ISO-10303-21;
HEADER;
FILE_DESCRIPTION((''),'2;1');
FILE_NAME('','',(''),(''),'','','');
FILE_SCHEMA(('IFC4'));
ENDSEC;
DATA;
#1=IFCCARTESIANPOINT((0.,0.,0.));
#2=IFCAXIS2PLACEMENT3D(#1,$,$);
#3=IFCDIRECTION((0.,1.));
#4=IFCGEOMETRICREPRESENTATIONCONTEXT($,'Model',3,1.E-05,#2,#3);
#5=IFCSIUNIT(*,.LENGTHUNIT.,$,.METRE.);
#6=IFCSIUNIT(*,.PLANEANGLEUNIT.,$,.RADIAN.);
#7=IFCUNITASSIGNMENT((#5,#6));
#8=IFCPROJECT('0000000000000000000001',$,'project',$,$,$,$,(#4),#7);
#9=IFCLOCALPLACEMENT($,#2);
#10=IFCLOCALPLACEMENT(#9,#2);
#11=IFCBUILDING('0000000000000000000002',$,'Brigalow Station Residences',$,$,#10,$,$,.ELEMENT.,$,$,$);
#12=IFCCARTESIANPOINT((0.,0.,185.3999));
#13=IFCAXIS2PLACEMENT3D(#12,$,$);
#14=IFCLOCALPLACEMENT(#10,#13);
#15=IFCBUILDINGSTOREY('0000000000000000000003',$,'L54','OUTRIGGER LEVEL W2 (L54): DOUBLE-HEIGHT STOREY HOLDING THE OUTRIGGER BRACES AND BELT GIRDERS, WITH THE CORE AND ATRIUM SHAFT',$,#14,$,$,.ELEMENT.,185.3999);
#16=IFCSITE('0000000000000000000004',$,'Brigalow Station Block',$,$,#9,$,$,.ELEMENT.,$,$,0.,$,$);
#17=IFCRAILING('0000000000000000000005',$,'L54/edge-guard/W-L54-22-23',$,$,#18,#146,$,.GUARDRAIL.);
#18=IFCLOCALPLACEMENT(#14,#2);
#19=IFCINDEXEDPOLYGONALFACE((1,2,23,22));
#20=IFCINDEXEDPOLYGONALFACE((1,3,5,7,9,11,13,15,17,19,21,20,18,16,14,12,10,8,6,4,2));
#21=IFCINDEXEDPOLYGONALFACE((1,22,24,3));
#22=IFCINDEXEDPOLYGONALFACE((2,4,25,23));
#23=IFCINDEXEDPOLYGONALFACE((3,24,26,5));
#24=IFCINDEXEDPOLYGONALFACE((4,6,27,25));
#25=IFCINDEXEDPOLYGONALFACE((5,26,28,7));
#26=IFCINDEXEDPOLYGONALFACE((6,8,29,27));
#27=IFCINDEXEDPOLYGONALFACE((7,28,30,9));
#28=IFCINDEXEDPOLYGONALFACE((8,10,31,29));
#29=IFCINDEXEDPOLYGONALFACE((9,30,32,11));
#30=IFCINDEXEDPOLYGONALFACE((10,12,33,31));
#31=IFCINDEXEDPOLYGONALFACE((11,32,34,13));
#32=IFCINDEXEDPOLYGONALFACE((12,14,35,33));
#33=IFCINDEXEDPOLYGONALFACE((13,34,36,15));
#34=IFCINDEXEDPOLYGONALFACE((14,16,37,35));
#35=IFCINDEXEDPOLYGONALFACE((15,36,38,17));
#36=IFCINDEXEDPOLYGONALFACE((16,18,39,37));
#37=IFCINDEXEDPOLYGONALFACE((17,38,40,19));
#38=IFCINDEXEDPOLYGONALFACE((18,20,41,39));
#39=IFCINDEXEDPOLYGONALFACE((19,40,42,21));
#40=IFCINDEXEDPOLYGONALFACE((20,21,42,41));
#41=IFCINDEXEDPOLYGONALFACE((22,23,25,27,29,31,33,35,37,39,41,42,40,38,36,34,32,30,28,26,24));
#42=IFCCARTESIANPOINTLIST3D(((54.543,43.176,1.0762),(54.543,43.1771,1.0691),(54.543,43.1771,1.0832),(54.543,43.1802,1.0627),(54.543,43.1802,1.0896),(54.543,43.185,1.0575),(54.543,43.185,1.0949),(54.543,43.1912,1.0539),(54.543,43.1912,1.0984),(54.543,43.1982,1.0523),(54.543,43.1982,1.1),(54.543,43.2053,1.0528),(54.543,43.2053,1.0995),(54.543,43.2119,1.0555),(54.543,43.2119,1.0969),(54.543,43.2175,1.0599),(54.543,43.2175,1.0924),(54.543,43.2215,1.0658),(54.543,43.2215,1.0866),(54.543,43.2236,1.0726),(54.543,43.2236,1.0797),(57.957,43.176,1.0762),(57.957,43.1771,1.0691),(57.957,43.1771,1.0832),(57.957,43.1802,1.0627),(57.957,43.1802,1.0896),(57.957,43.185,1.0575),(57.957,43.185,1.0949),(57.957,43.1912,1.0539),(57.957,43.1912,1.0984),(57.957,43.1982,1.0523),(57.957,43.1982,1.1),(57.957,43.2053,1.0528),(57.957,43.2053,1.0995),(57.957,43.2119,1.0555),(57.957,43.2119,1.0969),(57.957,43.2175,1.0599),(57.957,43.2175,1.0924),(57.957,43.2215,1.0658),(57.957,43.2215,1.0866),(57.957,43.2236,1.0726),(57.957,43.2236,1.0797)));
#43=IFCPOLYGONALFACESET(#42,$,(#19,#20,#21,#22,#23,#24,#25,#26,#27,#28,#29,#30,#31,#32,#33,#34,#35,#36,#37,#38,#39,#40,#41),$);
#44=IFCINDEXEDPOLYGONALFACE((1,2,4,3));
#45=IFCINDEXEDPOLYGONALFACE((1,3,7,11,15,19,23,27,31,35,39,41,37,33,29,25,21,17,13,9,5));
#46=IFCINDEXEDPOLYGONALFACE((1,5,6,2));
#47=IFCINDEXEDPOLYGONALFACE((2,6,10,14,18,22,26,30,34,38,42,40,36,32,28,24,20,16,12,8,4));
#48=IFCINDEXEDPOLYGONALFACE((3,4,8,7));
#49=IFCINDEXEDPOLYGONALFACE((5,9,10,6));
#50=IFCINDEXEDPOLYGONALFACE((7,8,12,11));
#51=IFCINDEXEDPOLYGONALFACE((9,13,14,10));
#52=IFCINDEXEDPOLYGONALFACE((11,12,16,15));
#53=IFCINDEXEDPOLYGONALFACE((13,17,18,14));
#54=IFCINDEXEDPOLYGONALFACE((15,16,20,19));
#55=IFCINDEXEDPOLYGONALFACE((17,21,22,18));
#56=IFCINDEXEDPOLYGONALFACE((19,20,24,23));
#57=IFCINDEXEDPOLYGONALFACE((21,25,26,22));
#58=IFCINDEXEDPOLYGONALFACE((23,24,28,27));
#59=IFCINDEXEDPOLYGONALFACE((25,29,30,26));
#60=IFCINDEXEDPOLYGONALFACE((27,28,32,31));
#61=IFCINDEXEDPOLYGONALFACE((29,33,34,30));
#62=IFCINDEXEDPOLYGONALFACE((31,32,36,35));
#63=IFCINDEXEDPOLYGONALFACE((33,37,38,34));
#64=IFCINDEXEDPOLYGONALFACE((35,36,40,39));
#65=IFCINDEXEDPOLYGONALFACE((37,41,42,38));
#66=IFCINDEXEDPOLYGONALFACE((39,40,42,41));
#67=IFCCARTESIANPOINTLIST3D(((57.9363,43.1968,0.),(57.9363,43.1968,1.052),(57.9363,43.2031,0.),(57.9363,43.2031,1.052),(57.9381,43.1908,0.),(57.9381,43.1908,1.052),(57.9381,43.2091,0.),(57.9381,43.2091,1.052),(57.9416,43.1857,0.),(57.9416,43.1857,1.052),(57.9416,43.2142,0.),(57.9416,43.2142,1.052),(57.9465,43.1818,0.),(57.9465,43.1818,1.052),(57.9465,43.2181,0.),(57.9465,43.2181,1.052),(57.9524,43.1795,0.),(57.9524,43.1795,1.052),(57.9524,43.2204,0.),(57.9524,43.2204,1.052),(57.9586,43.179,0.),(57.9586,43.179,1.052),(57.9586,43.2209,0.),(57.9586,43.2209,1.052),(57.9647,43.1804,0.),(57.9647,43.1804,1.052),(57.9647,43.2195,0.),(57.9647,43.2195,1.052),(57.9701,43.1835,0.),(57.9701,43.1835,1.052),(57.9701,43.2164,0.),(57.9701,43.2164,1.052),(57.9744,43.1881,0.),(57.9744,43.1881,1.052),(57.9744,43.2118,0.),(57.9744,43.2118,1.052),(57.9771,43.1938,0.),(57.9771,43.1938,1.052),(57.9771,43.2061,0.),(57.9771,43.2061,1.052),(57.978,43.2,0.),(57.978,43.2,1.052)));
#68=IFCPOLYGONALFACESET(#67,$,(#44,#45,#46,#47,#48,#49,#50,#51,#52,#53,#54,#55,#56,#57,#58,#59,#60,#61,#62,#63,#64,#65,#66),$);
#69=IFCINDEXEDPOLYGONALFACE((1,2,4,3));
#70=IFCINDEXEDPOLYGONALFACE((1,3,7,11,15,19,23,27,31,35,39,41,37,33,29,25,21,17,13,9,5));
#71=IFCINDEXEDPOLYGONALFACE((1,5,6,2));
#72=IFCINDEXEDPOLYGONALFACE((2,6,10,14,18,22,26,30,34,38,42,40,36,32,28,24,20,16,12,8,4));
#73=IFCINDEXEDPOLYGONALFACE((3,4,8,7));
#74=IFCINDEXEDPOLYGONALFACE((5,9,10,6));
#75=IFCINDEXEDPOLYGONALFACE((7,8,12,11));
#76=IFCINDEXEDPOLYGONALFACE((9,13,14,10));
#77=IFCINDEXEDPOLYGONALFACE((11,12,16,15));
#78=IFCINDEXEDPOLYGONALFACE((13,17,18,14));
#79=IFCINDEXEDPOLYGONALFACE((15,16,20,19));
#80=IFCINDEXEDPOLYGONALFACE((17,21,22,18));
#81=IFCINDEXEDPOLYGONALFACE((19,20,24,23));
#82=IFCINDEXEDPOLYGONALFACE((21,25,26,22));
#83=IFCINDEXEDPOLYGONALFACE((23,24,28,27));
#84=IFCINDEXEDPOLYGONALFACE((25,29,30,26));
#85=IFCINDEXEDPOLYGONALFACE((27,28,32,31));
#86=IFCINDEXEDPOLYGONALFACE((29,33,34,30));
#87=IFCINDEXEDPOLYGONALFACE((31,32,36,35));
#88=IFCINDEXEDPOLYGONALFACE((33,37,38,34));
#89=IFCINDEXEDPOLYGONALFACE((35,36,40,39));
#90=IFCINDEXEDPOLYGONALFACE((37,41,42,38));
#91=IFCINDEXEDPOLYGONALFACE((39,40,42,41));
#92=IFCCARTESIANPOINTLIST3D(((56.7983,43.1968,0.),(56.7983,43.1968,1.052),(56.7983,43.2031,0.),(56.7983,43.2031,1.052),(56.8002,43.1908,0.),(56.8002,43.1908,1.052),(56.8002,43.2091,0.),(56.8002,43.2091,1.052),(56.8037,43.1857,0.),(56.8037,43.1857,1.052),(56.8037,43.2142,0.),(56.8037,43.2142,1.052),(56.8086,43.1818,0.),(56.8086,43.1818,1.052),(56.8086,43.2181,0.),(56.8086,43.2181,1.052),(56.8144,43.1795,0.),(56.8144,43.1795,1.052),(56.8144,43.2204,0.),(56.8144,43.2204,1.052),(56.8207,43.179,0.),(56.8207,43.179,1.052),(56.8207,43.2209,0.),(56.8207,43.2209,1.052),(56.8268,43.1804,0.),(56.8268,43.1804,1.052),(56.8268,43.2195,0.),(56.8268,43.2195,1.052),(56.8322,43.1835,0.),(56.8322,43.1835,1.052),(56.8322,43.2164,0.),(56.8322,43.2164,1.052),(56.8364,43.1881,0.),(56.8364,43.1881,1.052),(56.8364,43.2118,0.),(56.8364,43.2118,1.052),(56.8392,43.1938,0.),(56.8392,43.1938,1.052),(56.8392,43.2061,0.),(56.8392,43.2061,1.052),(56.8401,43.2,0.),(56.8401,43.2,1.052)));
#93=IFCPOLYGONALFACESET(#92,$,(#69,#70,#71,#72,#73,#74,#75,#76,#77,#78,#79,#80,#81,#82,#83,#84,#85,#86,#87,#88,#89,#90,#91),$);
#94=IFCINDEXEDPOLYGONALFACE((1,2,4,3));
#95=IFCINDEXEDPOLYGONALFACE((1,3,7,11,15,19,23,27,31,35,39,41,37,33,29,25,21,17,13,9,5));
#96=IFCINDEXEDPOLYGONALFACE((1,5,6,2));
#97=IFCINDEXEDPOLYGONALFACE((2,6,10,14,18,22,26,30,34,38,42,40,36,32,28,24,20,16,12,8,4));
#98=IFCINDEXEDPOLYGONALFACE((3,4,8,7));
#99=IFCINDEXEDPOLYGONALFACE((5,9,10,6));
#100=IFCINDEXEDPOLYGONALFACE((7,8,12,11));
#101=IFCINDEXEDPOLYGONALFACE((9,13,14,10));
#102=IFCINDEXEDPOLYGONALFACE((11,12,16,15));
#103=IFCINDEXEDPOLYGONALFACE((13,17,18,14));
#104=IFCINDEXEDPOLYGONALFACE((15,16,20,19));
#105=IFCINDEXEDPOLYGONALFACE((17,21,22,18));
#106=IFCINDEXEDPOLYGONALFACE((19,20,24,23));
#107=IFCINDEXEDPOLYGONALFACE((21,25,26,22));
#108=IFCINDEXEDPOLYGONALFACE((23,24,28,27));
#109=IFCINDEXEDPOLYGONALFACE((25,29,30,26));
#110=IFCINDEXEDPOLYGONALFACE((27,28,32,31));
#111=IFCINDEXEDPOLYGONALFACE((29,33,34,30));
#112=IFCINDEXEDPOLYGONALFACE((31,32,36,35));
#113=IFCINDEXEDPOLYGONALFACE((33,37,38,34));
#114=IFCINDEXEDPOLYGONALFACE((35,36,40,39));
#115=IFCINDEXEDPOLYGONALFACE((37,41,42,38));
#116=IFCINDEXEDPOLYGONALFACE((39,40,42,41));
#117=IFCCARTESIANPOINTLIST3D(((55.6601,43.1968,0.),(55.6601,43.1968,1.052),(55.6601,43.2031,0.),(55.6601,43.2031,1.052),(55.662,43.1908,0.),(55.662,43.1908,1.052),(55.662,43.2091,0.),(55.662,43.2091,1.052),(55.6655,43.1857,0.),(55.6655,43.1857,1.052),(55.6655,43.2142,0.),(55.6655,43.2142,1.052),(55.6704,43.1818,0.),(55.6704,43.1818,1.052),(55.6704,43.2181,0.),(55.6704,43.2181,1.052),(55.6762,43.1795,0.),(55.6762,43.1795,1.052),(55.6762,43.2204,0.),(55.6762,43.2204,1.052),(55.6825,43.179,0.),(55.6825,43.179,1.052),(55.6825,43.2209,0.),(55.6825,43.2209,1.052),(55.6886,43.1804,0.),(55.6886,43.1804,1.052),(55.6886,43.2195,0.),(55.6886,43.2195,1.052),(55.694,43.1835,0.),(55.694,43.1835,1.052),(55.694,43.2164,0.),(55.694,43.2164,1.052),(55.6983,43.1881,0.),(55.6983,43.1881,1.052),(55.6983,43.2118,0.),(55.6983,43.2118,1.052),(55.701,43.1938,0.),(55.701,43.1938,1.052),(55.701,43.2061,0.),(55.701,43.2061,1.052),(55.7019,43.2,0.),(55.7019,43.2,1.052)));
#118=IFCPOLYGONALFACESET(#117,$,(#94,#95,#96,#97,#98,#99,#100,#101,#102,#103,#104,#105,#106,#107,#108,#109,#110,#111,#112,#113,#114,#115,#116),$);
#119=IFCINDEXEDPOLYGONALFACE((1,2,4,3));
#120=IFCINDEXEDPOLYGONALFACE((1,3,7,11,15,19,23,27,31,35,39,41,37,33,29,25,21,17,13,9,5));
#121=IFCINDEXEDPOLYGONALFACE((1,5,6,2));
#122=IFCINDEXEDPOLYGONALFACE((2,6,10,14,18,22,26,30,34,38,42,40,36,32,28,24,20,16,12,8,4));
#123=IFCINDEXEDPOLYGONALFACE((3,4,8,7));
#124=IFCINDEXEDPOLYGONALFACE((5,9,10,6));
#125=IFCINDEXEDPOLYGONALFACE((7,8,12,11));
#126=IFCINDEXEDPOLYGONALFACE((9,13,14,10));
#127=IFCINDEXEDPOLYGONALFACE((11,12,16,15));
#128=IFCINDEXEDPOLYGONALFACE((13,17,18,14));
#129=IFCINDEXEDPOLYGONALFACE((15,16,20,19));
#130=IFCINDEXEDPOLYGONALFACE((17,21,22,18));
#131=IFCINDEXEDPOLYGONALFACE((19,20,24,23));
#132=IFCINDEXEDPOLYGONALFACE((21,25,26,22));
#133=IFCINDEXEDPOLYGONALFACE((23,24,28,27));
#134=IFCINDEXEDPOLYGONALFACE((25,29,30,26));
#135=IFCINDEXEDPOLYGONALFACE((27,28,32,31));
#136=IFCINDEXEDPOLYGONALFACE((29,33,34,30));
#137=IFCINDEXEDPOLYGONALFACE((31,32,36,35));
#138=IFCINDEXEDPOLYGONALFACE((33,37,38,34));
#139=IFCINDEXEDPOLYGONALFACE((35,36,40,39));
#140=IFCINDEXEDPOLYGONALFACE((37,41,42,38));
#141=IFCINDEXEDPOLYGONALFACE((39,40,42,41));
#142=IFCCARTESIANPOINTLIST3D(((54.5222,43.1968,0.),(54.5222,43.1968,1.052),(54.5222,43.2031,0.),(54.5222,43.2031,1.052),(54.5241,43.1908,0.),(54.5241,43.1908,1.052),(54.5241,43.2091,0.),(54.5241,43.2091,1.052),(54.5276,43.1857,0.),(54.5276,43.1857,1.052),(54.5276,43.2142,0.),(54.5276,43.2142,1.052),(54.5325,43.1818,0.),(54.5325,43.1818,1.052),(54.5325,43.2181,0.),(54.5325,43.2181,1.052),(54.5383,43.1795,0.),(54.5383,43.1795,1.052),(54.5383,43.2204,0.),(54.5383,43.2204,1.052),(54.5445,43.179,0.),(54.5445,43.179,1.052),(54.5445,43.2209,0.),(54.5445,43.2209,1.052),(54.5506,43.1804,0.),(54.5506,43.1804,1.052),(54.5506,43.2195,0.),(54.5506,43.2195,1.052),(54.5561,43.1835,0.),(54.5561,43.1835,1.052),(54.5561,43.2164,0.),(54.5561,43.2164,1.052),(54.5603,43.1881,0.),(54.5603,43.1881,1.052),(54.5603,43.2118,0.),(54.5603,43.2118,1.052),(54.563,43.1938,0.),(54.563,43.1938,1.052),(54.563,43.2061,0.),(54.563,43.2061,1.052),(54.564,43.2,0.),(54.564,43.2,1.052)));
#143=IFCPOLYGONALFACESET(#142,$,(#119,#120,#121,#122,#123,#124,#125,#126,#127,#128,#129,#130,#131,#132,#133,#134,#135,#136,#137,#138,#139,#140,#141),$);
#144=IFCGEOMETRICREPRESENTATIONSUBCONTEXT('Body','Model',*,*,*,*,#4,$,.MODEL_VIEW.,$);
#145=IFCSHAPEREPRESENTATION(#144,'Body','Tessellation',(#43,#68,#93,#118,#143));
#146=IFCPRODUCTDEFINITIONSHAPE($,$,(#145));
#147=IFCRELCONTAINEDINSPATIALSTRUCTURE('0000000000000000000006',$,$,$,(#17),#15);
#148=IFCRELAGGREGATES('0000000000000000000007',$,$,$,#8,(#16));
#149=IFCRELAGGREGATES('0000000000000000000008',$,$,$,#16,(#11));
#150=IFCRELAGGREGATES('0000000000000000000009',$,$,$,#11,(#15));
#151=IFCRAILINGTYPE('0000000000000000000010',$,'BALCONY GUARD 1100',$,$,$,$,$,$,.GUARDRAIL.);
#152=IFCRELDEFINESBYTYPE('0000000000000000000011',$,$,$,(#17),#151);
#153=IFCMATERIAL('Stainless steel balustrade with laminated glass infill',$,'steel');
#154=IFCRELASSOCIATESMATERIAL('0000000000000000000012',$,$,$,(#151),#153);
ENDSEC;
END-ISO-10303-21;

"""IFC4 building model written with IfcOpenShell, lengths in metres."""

from ifc_helpers import new_model, si_unit, direction, frame, origin, origin_2d, place, context, subcontext, project, spatial, circle, extrude, material, type_object, element, save


model = new_model("IFC4")

# Units and contexts
model_context = context("Model", 3, precision=1e-05, world=origin(), true_north=direction((0.0, 1.0)))
body_context = subcontext(model_context, "Body", "Model", "MODEL_VIEW")
ifc_project = project(units=[si_unit("LENGTHUNIT", "METRE"), si_unit("PLANEANGLEUNIT", "RADIAN")], contexts=[model_context])

# Site, building, storey
site_placement = place(None, origin())
site = spatial("IfcSite", under=ifc_project, at=site_placement, Name="Brigalow Station Block", CompositionType="ELEMENT", RefElevation=0.0)
building_placement = place(site_placement, origin())
building = spatial("IfcBuilding", under=site, at=building_placement, Name="Brigalow Station Residences", CompositionType="ELEMENT")
storey_placement = place(building_placement, frame((0.0, 0.0, 185.3999)))
storey = spatial("IfcBuildingStorey", under=building, at=storey_placement, Name="L54", Description="OUTRIGGER LEVEL W2 (L54): DOUBLE-HEIGHT STOREY HOLDING THE OUTRIGGER BRACES AND BELT GIRDERS, WITH THE CORE AND ATRIUM SHAFT", CompositionType="ELEMENT", Elevation=185.3999)

# Railing
ifc_material_1 = material(Name="Stainless steel balustrade with laminated glass infill", Category="steel")
railing_type_1 = type_object("IfcRailingType", Name="BALCONY GUARD 1100", PredefinedType="GUARDRAIL", material=ifc_material_1)
for number, where, name in (
    (1, (57.957, 43.2, 0.0), "L54/edge-guard/W-L54-22-23"),
):
    element("IfcRailing", number, at=place(storey_placement, frame(where)), inside=storey, type_object=railing_type_1, Name=name, PredefinedType="GUARDRAIL", context=body_context, shape_type="SweptSolid", body=[
        extrude(circle(Radius=0.0239, at=origin_2d()), frame((0.0, 0.0, 1.0762), z_axis=(-1.0, 0.0, 0.0), x_axis=(0.0, -1.0, 0.0)), (0.0, 0.0, 1.0), 3.4141),
        extrude(circle(Radius=0.021, at=origin_2d()), origin(), (0.0, 0.0, 1.0), 1.052),
        extrude(circle(Radius=0.021, at=origin_2d()), frame((-1.1379, 0.0, 0.0)), (0.0, 0.0, 1.0), 1.052),
        extrude(circle(Radius=0.021, at=origin_2d()), frame((-2.2761, 0.0, 0.0)), (0.0, 0.0, 1.0), 1.052),
        extrude(circle(Radius=0.021, at=origin_2d()), frame((-3.4141, 0.0, 0.0)), (0.0, 0.0, 1.0), 1.052),
    ])

save(model, "model.ifc")
